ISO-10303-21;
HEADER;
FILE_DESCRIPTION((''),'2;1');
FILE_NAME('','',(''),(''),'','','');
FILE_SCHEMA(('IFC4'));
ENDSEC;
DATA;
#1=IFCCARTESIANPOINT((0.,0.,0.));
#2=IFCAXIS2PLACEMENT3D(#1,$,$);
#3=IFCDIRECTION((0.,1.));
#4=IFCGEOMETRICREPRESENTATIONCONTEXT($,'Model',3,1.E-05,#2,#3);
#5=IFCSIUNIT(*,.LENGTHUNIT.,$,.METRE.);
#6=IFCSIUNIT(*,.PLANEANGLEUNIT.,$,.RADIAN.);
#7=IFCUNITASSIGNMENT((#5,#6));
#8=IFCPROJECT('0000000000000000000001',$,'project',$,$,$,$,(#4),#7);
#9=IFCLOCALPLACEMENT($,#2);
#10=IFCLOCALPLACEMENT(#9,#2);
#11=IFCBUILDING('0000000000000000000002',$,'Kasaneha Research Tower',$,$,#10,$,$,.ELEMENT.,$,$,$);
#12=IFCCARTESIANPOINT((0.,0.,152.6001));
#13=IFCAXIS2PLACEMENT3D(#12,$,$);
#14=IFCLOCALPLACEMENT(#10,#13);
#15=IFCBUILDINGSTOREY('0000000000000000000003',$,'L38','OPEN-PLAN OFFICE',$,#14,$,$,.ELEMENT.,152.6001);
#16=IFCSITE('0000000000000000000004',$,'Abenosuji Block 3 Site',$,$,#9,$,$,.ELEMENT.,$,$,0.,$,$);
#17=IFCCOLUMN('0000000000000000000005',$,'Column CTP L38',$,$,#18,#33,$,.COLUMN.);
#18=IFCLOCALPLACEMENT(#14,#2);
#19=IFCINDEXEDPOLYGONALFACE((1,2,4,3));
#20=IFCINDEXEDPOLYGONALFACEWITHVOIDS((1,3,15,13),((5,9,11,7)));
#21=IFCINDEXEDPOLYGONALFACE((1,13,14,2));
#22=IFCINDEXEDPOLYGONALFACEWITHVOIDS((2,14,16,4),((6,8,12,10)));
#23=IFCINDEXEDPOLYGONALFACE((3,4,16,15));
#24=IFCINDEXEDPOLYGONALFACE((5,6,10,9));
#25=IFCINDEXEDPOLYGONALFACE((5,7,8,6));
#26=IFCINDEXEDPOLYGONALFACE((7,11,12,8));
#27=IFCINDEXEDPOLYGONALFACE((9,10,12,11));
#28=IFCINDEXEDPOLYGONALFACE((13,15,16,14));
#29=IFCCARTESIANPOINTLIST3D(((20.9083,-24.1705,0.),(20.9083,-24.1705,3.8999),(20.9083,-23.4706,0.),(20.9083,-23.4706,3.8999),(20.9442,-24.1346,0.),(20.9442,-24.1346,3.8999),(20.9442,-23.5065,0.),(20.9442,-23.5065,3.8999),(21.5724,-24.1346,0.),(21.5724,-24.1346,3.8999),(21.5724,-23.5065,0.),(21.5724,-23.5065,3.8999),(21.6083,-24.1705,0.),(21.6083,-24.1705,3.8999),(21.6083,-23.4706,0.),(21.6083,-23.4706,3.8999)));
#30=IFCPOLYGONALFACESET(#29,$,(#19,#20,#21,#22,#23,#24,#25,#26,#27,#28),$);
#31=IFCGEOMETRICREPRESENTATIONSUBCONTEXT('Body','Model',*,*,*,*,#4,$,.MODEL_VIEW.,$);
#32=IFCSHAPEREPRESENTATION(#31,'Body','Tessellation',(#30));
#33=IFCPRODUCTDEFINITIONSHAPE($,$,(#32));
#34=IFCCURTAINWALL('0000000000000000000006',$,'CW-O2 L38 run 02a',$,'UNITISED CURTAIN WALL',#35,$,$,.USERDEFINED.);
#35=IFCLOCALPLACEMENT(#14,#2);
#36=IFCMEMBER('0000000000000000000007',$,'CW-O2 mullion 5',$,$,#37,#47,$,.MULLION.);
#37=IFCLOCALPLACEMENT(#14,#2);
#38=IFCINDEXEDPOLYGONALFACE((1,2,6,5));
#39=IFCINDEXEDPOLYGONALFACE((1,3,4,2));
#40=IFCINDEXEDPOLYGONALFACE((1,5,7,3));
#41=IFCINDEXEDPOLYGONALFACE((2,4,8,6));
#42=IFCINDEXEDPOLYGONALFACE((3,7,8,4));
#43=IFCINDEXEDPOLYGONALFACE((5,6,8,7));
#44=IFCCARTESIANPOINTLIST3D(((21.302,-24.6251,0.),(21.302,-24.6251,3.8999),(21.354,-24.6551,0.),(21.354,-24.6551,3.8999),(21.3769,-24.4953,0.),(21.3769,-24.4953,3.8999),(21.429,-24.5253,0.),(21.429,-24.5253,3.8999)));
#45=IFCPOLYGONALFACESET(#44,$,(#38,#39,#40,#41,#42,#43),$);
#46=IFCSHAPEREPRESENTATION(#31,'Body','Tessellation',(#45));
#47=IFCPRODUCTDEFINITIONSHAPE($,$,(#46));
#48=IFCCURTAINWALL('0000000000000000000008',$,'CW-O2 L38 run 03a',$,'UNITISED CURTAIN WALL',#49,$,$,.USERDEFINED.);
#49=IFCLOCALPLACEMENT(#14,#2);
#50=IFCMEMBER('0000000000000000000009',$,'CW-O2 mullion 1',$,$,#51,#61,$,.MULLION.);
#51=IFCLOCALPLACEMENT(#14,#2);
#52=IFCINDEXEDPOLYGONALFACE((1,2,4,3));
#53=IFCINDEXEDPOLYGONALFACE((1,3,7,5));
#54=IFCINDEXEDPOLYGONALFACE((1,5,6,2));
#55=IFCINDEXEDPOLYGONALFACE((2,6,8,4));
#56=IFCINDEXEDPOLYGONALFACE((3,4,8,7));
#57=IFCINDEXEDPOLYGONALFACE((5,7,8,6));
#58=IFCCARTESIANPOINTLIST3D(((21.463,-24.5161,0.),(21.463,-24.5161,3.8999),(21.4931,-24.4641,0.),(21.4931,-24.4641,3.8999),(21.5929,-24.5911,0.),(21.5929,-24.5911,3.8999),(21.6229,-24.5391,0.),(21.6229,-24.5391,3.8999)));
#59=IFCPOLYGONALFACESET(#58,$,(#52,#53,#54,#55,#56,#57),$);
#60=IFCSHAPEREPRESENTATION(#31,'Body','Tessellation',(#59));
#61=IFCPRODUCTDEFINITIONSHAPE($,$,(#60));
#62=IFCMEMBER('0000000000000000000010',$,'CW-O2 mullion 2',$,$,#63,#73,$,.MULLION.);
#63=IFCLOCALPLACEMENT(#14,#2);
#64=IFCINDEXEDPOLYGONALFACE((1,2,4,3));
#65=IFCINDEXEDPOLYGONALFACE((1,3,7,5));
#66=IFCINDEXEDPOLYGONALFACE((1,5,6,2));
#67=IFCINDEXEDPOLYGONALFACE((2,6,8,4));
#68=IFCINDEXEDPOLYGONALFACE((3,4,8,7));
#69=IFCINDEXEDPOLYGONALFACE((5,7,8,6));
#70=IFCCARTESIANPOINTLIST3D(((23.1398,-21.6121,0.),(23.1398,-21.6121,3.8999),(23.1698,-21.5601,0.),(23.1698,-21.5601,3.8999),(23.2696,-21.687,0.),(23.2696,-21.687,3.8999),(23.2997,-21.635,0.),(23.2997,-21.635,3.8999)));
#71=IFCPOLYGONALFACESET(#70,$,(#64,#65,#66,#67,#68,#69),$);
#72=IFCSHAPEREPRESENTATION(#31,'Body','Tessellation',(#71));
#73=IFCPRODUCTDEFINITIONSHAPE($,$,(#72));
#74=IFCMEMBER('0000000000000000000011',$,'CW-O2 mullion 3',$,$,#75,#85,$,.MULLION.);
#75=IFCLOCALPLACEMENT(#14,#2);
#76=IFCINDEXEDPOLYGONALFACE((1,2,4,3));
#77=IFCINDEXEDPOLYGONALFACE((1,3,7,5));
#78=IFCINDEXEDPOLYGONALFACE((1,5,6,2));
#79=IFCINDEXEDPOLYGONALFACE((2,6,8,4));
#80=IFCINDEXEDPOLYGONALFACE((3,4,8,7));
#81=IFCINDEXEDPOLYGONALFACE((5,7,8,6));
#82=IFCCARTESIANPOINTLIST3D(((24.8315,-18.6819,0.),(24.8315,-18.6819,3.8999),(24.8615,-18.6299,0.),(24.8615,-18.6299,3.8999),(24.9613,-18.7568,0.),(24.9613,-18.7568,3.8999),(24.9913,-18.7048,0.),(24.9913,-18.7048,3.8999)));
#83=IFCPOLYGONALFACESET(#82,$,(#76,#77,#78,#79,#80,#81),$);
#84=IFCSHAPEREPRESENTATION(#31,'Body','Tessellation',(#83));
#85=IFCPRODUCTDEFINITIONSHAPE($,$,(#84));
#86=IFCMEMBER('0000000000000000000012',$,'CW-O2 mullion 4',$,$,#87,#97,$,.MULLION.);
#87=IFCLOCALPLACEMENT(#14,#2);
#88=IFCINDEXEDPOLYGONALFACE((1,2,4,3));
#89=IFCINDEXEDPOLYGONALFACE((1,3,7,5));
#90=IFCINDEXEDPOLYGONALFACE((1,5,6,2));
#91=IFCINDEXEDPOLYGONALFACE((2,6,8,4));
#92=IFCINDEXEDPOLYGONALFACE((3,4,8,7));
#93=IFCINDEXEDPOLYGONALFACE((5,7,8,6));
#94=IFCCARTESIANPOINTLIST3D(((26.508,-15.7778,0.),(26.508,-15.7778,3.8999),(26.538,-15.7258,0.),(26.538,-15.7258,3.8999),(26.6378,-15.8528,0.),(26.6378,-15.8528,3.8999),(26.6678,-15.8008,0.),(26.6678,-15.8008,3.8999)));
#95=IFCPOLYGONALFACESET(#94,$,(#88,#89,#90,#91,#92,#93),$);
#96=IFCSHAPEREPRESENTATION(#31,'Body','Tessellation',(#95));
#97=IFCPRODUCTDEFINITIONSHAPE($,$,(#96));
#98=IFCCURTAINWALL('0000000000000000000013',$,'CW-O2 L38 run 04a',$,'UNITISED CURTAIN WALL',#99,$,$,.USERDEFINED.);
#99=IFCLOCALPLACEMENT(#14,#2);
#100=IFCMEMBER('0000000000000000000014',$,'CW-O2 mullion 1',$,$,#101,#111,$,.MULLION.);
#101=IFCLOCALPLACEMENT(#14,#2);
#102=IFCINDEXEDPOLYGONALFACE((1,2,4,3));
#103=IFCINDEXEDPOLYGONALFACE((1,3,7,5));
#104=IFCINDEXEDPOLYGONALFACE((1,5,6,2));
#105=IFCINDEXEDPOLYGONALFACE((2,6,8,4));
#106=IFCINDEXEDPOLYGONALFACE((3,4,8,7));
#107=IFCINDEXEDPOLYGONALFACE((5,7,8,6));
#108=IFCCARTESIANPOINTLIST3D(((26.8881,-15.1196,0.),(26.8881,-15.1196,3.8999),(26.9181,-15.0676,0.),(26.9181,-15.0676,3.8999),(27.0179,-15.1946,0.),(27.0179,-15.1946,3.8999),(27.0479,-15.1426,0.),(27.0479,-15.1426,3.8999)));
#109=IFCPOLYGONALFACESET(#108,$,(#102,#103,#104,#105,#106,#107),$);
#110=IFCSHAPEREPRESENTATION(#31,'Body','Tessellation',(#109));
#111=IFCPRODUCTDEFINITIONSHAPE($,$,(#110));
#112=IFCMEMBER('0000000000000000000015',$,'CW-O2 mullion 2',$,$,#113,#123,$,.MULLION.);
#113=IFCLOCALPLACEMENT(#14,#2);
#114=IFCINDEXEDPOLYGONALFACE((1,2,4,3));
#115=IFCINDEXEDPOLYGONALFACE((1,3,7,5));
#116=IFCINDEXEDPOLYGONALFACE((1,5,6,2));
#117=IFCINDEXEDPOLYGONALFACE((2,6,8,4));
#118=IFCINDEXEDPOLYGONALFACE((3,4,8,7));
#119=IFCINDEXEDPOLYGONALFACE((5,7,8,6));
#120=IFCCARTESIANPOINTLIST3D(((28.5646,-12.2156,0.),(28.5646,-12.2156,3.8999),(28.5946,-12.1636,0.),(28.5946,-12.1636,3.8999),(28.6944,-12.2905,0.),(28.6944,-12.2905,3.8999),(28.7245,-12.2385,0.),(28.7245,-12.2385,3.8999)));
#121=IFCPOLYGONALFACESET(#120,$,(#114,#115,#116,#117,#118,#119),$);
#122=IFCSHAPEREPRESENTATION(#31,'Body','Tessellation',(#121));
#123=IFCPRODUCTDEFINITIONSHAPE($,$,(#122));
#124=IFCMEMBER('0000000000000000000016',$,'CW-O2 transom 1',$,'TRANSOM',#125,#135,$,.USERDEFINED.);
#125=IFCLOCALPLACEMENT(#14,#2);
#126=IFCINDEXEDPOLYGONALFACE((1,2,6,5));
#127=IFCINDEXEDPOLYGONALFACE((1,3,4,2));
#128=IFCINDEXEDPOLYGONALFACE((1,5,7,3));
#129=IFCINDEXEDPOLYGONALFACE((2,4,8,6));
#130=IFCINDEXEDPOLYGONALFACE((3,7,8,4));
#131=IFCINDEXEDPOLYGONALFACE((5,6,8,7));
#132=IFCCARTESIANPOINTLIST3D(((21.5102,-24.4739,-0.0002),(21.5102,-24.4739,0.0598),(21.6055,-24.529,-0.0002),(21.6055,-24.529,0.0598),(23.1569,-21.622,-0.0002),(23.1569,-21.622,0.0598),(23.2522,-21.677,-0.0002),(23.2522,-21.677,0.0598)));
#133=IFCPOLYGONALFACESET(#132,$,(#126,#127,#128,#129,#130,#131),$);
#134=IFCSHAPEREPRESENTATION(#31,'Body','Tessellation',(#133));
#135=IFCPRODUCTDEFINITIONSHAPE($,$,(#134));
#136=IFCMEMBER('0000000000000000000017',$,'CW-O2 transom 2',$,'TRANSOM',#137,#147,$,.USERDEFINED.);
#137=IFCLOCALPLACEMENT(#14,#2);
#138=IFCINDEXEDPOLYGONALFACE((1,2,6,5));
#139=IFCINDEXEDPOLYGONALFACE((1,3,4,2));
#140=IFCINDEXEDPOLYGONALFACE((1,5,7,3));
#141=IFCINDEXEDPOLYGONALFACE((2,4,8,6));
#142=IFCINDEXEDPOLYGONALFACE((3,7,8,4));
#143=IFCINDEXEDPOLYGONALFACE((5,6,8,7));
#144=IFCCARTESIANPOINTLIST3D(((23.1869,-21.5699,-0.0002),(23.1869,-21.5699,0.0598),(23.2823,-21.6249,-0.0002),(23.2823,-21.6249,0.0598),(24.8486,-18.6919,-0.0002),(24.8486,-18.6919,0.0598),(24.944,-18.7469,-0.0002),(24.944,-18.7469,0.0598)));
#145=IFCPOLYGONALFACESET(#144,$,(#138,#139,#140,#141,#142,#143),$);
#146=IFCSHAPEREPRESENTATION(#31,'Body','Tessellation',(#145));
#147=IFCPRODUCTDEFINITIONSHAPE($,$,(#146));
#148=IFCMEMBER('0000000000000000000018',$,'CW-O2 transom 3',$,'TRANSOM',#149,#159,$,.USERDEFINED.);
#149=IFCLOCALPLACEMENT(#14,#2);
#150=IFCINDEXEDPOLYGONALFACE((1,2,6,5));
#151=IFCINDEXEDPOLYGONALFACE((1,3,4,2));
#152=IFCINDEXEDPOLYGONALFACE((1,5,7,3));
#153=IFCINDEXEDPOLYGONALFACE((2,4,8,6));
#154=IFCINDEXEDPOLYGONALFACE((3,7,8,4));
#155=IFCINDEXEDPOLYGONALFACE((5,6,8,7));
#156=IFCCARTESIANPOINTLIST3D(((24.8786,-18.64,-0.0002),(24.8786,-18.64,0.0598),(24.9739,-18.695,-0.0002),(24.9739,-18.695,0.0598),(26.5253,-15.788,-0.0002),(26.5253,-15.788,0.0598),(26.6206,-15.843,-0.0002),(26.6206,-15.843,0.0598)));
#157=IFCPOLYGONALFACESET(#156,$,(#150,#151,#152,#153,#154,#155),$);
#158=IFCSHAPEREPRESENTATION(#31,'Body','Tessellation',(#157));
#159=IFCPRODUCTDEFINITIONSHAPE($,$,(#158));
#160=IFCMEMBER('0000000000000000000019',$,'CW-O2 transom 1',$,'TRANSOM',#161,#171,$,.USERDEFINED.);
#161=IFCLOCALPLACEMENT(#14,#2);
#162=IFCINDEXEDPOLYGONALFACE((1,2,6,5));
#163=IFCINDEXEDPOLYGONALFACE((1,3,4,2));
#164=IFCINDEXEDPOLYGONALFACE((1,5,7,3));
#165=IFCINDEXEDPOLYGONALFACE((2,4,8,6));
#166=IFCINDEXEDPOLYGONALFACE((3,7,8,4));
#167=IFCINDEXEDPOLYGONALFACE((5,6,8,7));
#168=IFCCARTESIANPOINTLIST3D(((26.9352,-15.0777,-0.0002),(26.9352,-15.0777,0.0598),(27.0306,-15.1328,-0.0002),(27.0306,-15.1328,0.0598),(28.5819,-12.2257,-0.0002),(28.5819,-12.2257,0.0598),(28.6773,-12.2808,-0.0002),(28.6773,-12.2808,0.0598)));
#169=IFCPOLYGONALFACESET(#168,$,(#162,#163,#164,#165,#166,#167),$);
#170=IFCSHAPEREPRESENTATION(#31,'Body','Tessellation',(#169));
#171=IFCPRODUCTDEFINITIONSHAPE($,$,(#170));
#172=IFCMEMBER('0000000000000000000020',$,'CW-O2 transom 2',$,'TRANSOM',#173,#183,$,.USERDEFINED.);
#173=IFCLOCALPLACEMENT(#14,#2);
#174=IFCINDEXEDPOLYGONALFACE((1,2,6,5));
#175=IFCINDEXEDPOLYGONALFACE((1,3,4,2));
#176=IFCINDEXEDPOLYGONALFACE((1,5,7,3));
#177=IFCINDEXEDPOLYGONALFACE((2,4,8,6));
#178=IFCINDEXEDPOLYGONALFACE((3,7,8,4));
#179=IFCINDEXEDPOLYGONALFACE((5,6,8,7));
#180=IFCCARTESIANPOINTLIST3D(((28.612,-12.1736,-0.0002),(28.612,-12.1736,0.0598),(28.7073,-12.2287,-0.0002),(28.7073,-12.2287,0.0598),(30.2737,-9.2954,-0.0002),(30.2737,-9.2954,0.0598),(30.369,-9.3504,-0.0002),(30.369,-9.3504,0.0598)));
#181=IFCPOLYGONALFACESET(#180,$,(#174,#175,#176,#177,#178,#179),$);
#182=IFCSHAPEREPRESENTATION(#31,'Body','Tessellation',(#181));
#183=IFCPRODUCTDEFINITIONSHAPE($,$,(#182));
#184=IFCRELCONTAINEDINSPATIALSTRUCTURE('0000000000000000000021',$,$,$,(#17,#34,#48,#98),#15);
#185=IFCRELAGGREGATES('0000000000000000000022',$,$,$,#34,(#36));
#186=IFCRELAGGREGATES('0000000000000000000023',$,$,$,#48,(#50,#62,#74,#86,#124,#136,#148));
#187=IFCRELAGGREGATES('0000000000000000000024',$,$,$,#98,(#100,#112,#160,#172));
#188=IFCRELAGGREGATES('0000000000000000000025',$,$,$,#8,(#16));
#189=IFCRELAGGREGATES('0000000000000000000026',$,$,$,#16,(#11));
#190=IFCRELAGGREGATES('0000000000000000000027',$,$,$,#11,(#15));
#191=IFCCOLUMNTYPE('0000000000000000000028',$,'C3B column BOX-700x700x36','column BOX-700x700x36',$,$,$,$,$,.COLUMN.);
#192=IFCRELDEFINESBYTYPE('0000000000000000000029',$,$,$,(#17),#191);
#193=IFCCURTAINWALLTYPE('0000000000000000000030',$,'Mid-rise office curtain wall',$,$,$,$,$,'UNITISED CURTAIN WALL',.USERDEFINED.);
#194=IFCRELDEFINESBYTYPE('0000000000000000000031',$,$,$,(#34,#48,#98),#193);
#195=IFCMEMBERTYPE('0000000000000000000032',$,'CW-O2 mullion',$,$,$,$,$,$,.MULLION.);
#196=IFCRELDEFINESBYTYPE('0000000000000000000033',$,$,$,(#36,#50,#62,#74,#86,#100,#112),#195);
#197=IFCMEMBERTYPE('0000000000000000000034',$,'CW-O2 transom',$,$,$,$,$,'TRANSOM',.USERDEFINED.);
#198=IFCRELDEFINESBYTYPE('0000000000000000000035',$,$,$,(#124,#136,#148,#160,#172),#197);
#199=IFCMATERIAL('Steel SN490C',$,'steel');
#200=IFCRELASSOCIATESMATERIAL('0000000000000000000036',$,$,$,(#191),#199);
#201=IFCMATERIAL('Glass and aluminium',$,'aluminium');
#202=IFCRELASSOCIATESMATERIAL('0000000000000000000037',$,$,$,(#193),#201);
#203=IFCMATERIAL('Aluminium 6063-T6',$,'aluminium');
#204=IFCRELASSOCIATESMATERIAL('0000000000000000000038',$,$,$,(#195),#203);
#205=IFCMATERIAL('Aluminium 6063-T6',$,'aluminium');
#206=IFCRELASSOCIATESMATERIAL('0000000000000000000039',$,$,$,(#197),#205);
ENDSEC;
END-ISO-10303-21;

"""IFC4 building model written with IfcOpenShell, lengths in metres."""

from ifc_helpers import new_model, si_unit, direction, frame, origin, origin_2d, place, context, subcontext, project, spatial, rectangle, hollow_rectangle, extrude, material, material_profile, profile_set, type_object, element, aggregate, save


model = new_model("IFC4")

# Units and contexts
model_context = context("Model", 3, precision=1e-05, world=origin(), true_north=direction((0.0, 1.0)))
body_context = subcontext(model_context, "Body", "Model", "MODEL_VIEW")
ifc_project = project(units=[si_unit("LENGTHUNIT", "METRE"), si_unit("PLANEANGLEUNIT", "RADIAN")], contexts=[model_context])

# Site, building, storey
site_placement = place(None, origin())
site = spatial("IfcSite", under=ifc_project, at=site_placement, Name="Abenosuji Block 3 Site", CompositionType="ELEMENT", RefElevation=0.0)
building_placement = place(site_placement, origin())
building = spatial("IfcBuilding", under=site, at=building_placement, Name="Kasaneha Research Tower", CompositionType="ELEMENT")
storey_placement = place(building_placement, frame((0.0, 0.0, 152.6001)))
storey = spatial("IfcBuildingStorey", under=building, at=storey_placement, Name="L38", Description="OPEN-PLAN OFFICE", CompositionType="ELEMENT", Elevation=152.6001)

# Column
ifc_material_1 = material(Name="Steel SN490C", Category="steel")
ifc_material_profile_1 = material_profile(ifc_material_1, hollow_rectangle(XDim=0.7, YDim=0.7, WallThickness=0.0359, at=origin_2d()), Name="BOX-700x700x36")
ifc_profile_set_1 = profile_set([ifc_material_profile_1], Name="Steel SN490C")
column_type = type_object("IfcColumnType", Name="C3B column BOX-700x700x36", Description="column BOX-700x700x36", PredefinedType="COLUMN", material=ifc_profile_set_1)
column_placement = place(storey_placement, frame((21.2583, -23.8206, 0.0), z_axis=(0.0, 0.0, 1.0), x_axis=(1.0, 0.0, 0.0)))
element("IfcColumn", 1, at=column_placement, inside=storey, type_object=column_type, Name="Column CTP L38", PredefinedType="COLUMN", context=body_context, shape_type="SweptSolid", body=[
    extrude(hollow_rectangle(XDim=0.7, YDim=0.7, WallThickness=0.0359, at=origin_2d()), origin(), (0.0, 0.0, 1.0), 3.8999),
])

# Curtain wall, member
ifc_material_2 = material(Name="Glass and aluminium", Category="aluminium")
curtain_wall_type = type_object("IfcCurtainWallType", Name="Mid-rise office curtain wall", ElementType="UNITISED CURTAIN WALL", PredefinedType="USERDEFINED", material=ifc_material_2)
curtain_wall_1_placement = place(storey_placement, origin())
curtain_wall_1 = element("IfcCurtainWall", 2, at=curtain_wall_1_placement, inside=storey, type_object=curtain_wall_type, Name="CW-O2 L38 run 02a", ObjectType="UNITISED CURTAIN WALL", PredefinedType="USERDEFINED")
ifc_material_3 = material(Name="Aluminium 6063-T6", Category="aluminium")
ifc_material_profile_2 = material_profile(ifc_material_3, rectangle(XDim=0.0601, YDim=0.1499, at=origin_2d()), Name="CW-O2 mullion 60x150")
ifc_profile_set_2 = profile_set([ifc_material_profile_2], Name="Aluminium 6063-T6")
member_type_1 = type_object("IfcMemberType", Name="CW-O2 mullion", PredefinedType="MULLION", material=ifc_profile_set_2)
member_1_placement = place(storey_placement, frame((21.3655, -24.5752, 0.0), z_axis=(0.0, 0.0, 1.0), x_axis=(0.866025, -0.5, 0.0)))
member_1 = element("IfcMember", 3, at=member_1_placement, type_object=member_type_1, Name="CW-O2 mullion 5", PredefinedType="MULLION", context=body_context, shape_type="SweptSolid", body=[
    extrude(rectangle(XDim=0.0601, YDim=0.1499, at=origin_2d()), origin(), (0.0, 0.0, 1.0), 3.8999),
])

# Curtain walls, members
curtain_wall_2_placement = place(storey_placement, origin())
curtain_wall_2 = element("IfcCurtainWall", 4, at=curtain_wall_2_placement, inside=storey, type_object=curtain_wall_type, Name="CW-O2 L38 run 03a", ObjectType="UNITISED CURTAIN WALL", PredefinedType="USERDEFINED")
member_2_placement = place(storey_placement, frame((21.543, -24.5276, 0.0), z_axis=(0.0, 0.0, 1.0), x_axis=(0.5, 0.866025, 0.0)))
member_2 = element("IfcMember", 5, at=member_2_placement, type_object=member_type_1, Name="CW-O2 mullion 1", PredefinedType="MULLION", context=body_context, shape_type="SweptSolid", body=[
    extrude(rectangle(XDim=0.0601, YDim=0.1499, at=origin_2d()), origin(), (0.0, 0.0, 1.0), 3.8999),
])
member_3_placement = place(storey_placement, frame((23.2197, -21.6235, 0.0), z_axis=(0.0, 0.0, 1.0), x_axis=(0.5, 0.866025, 0.0)))
member_3 = element("IfcMember", 6, at=member_3_placement, type_object=member_type_1, Name="CW-O2 mullion 2", PredefinedType="MULLION", context=body_context, shape_type="SweptSolid", body=[
    extrude(rectangle(XDim=0.0601, YDim=0.1499, at=origin_2d()), origin(), (0.0, 0.0, 1.0), 3.8999),
])
member_4_placement = place(storey_placement, frame((24.9114, -18.6934, 0.0), z_axis=(0.0, 0.0, 1.0), x_axis=(0.5, 0.866025, 0.0)))
member_4 = element("IfcMember", 7, at=member_4_placement, type_object=member_type_1, Name="CW-O2 mullion 3", PredefinedType="MULLION", context=body_context, shape_type="SweptSolid", body=[
    extrude(rectangle(XDim=0.0601, YDim=0.1499, at=origin_2d()), origin(), (0.0, 0.0, 1.0), 3.8999),
])
member_5_placement = place(storey_placement, frame((26.5879, -15.7893, 0.0), z_axis=(0.0, 0.0, 1.0), x_axis=(0.5, 0.866025, 0.0)))
member_5 = element("IfcMember", 8, at=member_5_placement, type_object=member_type_1, Name="CW-O2 mullion 4", PredefinedType="MULLION", context=body_context, shape_type="SweptSolid", body=[
    extrude(rectangle(XDim=0.0601, YDim=0.1499, at=origin_2d()), origin(), (0.0, 0.0, 1.0), 3.8999),
])
curtain_wall_3_placement = place(storey_placement, origin())
curtain_wall_3 = element("IfcCurtainWall", 9, at=curtain_wall_3_placement, inside=storey, type_object=curtain_wall_type, Name="CW-O2 L38 run 04a", ObjectType="UNITISED CURTAIN WALL", PredefinedType="USERDEFINED")
member_6_placement = place(storey_placement, frame((26.968, -15.1311, 0.0), z_axis=(0.0, 0.0, 1.0), x_axis=(0.5, 0.866025, 0.0)))
member_6 = element("IfcMember", 10, at=member_6_placement, type_object=member_type_1, Name="CW-O2 mullion 1", PredefinedType="MULLION", context=body_context, shape_type="SweptSolid", body=[
    extrude(rectangle(XDim=0.0601, YDim=0.1499, at=origin_2d()), origin(), (0.0, 0.0, 1.0), 3.8999),
])
member_7_placement = place(storey_placement, frame((28.6445, -12.2271, 0.0), z_axis=(0.0, 0.0, 1.0), x_axis=(0.5, 0.866025, 0.0)))
member_7 = element("IfcMember", 11, at=member_7_placement, type_object=member_type_1, Name="CW-O2 mullion 2", PredefinedType="MULLION", context=body_context, shape_type="SweptSolid", body=[
    extrude(rectangle(XDim=0.0601, YDim=0.1499, at=origin_2d()), origin(), (0.0, 0.0, 1.0), 3.8999),
])

# Members
ifc_material_4 = material(Name="Aluminium 6063-T6", Category="aluminium")
ifc_material_profile_3 = material_profile(ifc_material_4, rectangle(XDim=0.1101, YDim=0.0601, at=origin_2d()), Name="CW-O2 transom 110x60")
ifc_profile_set_3 = profile_set([ifc_material_profile_3], Name="Aluminium 6063-T6")
member_type_2 = type_object("IfcMemberType", Name="CW-O2 transom", ElementType="TRANSOM", PredefinedType="USERDEFINED", material=ifc_profile_set_3)
member_8_placement = place(storey_placement, frame((21.5579, -24.5015, 0.0298), z_axis=(0.500022, 0.866013, 0.0), x_axis=(-0.866013, 0.500022, 0.0)))
member_8 = element("IfcMember", 12, at=member_8_placement, type_object=member_type_2, Name="CW-O2 transom 1", ObjectType="TRANSOM", PredefinedType="USERDEFINED", context=body_context, shape_type="SweptSolid", body=[
    extrude(rectangle(XDim=0.1101, YDim=0.0601, at=origin_2d()), origin(), (0.0, 0.0, 1.0), 3.2932),
])
member_9_placement = place(storey_placement, frame((23.2346, -21.5974, 0.0298), z_axis=(0.500011, 0.866019, 0.0), x_axis=(-0.866019, 0.500011, 0.0)))
member_9 = element("IfcMember", 13, at=member_9_placement, type_object=member_type_2, Name="CW-O2 transom 2", ObjectType="TRANSOM", PredefinedType="USERDEFINED", context=body_context, shape_type="SweptSolid", body=[
    extrude(rectangle(XDim=0.1101, YDim=0.0601, at=origin_2d()), origin(), (0.0, 0.0, 1.0), 3.3232),
])
member_10_placement = place(storey_placement, frame((24.9263, -18.6675, 0.0298), z_axis=(0.500022, 0.866013, 0.0), x_axis=(-0.866013, 0.500022, 0.0)))
member_10 = element("IfcMember", 14, at=member_10_placement, type_object=member_type_2, Name="CW-O2 transom 3", ObjectType="TRANSOM", PredefinedType="USERDEFINED", context=body_context, shape_type="SweptSolid", body=[
    extrude(rectangle(XDim=0.1101, YDim=0.0601, at=origin_2d()), origin(), (0.0, 0.0, 1.0), 3.2932),
])
member_11_placement = place(storey_placement, frame((26.9829, -15.1052, 0.0298), z_axis=(0.500022, 0.866013, 0.0), x_axis=(-0.866013, 0.500022, 0.0)))
member_11 = element("IfcMember", 15, at=member_11_placement, type_object=member_type_2, Name="CW-O2 transom 1", ObjectType="TRANSOM", PredefinedType="USERDEFINED", context=body_context, shape_type="SweptSolid", body=[
    extrude(rectangle(XDim=0.1101, YDim=0.0601, at=origin_2d()), origin(), (0.0, 0.0, 1.0), 3.2932),
])
member_12_placement = place(storey_placement, frame((28.6597, -12.2012, 0.0298), z_axis=(0.499979, 0.866038, 0.0), x_axis=(-0.866038, 0.499979, 0.0)))
member_12 = element("IfcMember", 16, at=member_12_placement, type_object=member_type_2, Name="CW-O2 transom 2", ObjectType="TRANSOM", PredefinedType="USERDEFINED", context=body_context, shape_type="SweptSolid", body=[
    extrude(rectangle(XDim=0.1101, YDim=0.0601, at=origin_2d()), origin(), (0.0, 0.0, 1.0), 3.3235),
])

aggregate(curtain_wall_1, [member_1])
aggregate(curtain_wall_2, [member_2, member_3, member_4, member_5, member_8, member_9, member_10])
aggregate(curtain_wall_3, [member_6, member_7, member_11, member_12])

save(model, "model.ifc")
